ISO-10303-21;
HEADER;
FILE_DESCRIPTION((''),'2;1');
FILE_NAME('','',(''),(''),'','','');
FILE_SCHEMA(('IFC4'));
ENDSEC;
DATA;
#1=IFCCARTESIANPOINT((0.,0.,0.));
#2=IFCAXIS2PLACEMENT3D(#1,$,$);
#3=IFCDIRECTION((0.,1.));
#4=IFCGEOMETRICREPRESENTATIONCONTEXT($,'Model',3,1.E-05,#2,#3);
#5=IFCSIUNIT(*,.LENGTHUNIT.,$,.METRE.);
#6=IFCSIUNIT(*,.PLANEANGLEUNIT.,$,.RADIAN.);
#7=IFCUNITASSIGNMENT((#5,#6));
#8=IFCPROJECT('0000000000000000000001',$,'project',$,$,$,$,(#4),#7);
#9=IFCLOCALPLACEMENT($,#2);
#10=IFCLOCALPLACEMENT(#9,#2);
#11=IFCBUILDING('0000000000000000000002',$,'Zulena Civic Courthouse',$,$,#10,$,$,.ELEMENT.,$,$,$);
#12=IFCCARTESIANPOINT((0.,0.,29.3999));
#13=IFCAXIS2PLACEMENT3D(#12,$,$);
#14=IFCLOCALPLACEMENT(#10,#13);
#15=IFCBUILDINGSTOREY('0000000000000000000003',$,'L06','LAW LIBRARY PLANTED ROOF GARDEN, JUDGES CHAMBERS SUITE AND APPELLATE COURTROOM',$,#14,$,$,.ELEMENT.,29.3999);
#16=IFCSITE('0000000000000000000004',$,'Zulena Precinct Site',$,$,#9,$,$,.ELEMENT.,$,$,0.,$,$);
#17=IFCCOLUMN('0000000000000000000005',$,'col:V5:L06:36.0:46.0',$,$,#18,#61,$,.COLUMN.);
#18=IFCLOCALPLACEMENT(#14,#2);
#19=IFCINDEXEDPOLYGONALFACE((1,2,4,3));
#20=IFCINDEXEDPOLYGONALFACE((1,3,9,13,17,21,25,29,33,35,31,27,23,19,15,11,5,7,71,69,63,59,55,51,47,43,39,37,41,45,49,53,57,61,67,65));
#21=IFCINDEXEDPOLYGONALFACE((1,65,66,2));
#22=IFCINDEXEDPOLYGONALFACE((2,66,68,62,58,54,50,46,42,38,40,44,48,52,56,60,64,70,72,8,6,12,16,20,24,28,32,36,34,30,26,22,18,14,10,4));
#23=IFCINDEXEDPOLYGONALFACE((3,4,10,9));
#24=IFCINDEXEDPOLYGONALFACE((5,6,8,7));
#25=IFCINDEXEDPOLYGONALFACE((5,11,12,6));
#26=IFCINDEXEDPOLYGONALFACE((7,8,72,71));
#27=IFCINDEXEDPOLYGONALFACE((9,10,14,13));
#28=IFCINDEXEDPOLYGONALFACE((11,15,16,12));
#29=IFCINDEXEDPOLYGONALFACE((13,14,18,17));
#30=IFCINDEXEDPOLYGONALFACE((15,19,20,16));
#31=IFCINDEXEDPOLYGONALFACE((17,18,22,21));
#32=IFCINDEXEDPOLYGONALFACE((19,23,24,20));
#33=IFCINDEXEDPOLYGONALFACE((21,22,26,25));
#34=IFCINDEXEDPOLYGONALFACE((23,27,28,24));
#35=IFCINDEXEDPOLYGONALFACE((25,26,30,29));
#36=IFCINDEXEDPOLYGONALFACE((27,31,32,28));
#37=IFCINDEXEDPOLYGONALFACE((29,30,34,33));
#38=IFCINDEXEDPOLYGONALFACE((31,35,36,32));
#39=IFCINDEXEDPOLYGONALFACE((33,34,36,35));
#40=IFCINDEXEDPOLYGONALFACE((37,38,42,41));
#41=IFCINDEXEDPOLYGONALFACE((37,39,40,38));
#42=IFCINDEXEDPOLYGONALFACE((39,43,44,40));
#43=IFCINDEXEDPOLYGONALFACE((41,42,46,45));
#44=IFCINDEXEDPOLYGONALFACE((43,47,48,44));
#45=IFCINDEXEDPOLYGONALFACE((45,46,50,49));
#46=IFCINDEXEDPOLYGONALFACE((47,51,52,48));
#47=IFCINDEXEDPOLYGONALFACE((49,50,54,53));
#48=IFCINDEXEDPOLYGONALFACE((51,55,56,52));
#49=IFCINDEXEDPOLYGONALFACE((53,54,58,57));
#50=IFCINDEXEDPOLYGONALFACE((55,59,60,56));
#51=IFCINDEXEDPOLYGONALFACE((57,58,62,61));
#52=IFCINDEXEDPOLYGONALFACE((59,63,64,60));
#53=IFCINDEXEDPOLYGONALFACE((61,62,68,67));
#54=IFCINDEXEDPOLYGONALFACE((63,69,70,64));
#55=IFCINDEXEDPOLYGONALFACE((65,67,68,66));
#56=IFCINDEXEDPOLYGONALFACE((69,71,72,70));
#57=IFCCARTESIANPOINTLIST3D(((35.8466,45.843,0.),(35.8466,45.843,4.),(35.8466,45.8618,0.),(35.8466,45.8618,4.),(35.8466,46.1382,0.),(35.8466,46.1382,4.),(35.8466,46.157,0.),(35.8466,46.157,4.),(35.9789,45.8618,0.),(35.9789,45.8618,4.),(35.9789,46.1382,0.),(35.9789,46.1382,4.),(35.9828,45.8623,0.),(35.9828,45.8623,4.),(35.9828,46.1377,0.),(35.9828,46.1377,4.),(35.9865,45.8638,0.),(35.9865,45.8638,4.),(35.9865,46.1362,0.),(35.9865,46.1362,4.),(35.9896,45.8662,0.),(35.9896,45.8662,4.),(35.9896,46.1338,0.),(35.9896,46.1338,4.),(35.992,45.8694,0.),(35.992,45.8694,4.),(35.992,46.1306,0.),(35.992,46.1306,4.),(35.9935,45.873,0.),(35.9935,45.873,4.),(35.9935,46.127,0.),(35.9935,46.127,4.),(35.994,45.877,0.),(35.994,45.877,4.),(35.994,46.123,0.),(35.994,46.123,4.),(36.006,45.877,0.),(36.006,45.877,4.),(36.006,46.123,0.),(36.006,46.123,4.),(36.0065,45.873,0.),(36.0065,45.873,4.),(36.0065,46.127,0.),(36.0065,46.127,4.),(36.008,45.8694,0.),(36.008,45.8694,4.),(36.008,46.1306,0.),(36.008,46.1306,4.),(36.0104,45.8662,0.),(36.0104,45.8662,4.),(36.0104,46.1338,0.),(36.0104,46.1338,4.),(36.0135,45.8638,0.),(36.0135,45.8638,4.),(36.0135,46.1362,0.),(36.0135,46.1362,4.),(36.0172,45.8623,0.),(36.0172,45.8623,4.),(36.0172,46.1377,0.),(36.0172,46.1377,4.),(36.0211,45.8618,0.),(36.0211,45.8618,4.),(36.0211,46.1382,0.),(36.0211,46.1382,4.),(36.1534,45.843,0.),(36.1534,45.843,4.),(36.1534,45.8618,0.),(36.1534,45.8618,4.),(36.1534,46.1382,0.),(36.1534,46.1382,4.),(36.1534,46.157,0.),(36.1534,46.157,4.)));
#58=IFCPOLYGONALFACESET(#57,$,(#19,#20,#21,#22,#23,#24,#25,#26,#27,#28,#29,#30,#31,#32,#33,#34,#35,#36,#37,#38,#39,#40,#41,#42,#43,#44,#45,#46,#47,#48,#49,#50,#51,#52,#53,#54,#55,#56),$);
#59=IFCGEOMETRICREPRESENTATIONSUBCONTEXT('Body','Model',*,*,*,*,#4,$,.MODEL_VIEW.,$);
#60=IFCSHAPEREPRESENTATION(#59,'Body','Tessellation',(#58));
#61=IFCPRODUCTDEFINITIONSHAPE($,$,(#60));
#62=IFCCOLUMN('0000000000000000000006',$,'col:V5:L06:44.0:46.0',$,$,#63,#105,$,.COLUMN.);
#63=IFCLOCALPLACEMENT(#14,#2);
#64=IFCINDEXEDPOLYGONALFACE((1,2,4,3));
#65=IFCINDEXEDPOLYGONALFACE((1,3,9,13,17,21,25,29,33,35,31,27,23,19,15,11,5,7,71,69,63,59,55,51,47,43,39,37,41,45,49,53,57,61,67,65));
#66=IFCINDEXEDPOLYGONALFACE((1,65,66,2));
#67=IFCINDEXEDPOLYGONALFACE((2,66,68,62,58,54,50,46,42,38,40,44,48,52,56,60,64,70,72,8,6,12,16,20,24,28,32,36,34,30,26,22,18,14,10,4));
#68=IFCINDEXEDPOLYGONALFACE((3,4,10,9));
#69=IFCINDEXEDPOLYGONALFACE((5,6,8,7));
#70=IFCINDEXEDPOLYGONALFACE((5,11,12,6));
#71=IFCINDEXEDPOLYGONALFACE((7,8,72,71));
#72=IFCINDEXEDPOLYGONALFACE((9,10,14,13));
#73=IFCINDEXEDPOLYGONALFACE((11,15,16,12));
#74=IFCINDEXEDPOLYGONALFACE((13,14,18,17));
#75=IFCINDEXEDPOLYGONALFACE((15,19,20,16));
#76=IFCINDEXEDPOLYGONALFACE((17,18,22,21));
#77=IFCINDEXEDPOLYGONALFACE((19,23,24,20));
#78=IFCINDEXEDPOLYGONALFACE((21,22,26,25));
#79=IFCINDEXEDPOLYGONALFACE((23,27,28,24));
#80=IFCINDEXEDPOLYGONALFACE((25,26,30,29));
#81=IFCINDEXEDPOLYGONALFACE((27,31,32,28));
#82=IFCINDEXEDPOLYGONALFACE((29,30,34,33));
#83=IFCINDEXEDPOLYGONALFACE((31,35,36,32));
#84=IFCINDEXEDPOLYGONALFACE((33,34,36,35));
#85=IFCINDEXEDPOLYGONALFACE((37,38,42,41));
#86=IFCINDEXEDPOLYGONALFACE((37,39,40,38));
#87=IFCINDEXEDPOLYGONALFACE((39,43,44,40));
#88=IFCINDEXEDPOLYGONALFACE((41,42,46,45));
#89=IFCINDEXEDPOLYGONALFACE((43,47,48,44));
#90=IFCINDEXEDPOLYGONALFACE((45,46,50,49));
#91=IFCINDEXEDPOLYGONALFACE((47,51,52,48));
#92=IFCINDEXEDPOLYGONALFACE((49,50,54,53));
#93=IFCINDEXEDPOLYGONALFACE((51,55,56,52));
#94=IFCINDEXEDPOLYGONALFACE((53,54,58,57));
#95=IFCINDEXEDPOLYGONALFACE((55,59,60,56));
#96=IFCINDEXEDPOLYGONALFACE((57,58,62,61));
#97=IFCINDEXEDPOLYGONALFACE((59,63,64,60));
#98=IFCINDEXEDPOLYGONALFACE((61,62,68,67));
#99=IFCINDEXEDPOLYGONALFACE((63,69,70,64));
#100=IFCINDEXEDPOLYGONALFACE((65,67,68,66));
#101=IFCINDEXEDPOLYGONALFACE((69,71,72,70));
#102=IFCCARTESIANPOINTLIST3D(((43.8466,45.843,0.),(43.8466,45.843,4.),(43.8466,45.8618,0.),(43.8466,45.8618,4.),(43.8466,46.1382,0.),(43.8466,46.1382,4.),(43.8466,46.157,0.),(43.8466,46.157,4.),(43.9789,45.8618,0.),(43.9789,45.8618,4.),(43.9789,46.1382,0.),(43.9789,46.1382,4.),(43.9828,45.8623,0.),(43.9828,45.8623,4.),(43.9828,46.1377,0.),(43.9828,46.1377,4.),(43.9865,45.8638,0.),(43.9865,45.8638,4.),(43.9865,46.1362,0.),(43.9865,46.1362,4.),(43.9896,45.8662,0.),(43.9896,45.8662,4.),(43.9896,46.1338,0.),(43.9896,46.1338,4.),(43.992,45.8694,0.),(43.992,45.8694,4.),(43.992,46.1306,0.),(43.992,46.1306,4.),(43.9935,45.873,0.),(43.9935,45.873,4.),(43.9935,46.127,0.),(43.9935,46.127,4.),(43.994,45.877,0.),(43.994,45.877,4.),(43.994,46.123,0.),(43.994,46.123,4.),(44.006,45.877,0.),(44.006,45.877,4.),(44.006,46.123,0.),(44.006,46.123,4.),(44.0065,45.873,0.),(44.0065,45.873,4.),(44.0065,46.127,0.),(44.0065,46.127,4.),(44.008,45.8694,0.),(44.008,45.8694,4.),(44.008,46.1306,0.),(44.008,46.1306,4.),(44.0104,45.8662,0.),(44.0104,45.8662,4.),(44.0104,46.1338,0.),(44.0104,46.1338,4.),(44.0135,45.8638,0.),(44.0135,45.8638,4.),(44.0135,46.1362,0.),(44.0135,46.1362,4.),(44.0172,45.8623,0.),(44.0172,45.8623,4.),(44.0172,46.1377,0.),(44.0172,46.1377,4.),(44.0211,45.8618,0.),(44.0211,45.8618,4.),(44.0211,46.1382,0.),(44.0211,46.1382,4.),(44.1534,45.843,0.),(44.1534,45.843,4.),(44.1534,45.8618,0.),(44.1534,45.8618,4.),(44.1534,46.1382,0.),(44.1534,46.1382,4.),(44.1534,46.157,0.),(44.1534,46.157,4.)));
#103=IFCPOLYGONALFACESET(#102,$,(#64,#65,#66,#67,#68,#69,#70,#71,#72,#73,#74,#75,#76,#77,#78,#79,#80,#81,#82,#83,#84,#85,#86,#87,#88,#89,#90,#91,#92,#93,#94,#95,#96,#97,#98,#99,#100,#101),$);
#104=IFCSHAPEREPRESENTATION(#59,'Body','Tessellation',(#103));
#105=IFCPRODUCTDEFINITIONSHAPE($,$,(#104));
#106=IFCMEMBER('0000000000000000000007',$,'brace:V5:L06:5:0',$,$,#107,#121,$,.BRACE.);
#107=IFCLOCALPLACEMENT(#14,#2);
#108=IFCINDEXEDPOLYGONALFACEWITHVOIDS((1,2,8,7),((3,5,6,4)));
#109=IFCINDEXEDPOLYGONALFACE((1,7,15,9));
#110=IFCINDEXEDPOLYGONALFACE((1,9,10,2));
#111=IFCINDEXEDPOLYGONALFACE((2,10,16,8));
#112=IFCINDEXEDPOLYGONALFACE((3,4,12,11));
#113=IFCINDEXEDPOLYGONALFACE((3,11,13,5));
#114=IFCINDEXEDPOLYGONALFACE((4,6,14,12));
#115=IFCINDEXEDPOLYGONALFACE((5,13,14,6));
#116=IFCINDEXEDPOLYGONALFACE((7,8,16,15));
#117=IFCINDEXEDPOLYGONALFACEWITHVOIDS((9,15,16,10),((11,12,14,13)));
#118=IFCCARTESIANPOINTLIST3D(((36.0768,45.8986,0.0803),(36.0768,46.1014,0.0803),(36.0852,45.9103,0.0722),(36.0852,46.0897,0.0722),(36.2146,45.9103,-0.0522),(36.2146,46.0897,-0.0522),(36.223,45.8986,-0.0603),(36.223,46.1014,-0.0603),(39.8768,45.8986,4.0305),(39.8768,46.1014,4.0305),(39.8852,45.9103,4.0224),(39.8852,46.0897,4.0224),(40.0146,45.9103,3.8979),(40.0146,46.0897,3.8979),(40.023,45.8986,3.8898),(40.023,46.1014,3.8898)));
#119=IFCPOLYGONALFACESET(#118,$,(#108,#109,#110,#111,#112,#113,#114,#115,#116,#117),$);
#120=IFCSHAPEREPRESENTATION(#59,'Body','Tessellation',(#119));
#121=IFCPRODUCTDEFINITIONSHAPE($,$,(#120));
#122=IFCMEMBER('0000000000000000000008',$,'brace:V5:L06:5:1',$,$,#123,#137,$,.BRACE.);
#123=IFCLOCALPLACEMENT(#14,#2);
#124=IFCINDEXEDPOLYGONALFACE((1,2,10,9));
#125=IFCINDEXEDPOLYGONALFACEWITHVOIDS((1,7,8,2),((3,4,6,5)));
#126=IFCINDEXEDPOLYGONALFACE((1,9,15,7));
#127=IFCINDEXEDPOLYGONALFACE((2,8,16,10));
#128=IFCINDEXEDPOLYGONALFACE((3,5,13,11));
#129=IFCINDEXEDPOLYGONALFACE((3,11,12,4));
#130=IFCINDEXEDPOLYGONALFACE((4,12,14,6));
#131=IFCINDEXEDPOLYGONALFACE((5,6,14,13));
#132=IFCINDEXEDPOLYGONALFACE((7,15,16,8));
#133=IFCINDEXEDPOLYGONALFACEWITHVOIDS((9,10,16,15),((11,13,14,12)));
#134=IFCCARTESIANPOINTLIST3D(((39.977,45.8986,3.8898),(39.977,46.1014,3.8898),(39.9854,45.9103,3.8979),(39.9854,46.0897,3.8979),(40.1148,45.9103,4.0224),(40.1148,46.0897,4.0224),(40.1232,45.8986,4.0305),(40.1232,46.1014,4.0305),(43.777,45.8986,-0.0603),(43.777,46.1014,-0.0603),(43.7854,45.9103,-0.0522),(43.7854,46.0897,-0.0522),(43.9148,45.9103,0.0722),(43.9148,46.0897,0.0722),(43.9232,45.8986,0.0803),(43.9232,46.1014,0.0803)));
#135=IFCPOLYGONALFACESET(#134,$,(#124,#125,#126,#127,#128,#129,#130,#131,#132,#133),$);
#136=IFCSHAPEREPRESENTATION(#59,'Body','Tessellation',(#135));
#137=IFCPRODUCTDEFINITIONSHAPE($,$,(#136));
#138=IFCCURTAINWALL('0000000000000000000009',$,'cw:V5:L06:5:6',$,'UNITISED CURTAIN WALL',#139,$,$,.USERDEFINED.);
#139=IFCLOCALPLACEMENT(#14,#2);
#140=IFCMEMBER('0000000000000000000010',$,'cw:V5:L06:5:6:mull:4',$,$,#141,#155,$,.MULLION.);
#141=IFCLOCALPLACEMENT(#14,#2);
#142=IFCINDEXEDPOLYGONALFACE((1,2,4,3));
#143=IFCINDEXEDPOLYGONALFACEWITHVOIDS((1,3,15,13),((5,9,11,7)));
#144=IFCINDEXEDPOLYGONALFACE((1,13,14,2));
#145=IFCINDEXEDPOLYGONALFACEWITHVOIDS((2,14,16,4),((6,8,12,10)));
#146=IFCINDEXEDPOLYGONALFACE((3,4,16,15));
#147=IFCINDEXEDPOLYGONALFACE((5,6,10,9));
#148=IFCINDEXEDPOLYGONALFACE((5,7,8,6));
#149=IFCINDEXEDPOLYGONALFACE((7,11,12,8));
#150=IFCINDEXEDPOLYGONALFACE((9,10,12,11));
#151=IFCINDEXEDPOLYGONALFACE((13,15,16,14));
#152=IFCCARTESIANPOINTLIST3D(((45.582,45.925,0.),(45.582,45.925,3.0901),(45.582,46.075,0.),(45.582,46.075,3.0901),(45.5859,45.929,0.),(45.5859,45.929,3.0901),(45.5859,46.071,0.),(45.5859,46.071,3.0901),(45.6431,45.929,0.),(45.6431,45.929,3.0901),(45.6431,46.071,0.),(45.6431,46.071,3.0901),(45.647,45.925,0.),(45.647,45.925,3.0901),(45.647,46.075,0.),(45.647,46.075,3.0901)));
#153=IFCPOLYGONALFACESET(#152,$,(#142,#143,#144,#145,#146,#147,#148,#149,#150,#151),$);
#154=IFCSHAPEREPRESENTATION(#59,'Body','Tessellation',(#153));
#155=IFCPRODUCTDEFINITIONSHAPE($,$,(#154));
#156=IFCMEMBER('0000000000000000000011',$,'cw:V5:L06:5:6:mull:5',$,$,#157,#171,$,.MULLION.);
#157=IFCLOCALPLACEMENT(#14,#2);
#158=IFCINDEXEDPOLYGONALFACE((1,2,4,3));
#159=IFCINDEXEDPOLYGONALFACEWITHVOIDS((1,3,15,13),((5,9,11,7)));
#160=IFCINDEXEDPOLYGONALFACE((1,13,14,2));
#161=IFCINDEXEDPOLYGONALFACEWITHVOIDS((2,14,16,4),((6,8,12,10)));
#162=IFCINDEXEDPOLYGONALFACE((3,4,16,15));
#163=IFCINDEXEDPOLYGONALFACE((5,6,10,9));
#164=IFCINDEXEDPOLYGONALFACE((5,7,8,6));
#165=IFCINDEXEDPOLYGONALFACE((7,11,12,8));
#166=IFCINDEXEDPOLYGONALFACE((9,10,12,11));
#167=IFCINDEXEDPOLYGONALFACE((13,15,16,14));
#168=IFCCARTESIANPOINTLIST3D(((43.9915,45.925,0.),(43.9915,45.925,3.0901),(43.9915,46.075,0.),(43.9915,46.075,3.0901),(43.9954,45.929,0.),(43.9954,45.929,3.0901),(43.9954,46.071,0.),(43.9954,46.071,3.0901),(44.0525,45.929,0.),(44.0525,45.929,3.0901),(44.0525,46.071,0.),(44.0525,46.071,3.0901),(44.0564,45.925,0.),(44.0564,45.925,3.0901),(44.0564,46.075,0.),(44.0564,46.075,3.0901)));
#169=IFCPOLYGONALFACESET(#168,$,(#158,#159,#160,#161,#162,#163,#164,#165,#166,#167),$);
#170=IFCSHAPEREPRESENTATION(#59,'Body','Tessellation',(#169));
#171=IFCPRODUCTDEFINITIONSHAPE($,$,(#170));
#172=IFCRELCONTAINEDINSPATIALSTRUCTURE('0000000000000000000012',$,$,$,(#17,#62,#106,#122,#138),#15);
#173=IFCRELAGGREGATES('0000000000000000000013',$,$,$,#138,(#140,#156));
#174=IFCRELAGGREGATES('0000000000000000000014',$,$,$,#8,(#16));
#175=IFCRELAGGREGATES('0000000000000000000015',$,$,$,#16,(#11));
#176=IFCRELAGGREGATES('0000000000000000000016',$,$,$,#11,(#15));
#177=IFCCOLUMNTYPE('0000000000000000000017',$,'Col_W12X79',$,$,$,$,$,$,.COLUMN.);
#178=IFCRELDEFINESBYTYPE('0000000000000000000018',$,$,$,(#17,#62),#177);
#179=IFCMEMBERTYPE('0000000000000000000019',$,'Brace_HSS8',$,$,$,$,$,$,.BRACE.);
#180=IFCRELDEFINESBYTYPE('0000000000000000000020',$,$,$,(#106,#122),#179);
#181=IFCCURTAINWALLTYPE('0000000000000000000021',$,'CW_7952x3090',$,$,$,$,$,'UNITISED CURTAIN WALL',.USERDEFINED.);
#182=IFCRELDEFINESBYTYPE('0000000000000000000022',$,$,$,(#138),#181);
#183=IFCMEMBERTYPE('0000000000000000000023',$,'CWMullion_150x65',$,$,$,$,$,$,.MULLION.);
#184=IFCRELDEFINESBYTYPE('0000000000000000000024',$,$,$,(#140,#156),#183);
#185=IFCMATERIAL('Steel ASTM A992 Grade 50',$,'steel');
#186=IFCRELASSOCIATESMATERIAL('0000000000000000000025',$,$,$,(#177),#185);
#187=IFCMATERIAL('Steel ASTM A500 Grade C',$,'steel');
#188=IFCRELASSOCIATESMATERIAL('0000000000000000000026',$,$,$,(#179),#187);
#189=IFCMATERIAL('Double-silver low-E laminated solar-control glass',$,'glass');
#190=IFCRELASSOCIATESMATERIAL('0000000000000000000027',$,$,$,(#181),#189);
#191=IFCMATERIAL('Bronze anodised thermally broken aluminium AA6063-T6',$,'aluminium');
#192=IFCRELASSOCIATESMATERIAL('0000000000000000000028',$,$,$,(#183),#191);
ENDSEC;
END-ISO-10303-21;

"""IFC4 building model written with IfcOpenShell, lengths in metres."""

from ifc_helpers import new_model, si_unit, direction, frame, origin, origin_2d, place, context, subcontext, project, spatial, hollow_rectangle, i_section, extrude, material, material_profile, profile_set, type_object, element, aggregate, save


model = new_model("IFC4")

# Units and contexts
model_context = context("Model", 3, precision=1e-05, world=origin(), true_north=direction((0.0, 1.0)))
body_context = subcontext(model_context, "Body", "Model", "MODEL_VIEW")
ifc_project = project(units=[si_unit("LENGTHUNIT", "METRE"), si_unit("PLANEANGLEUNIT", "RADIAN")], contexts=[model_context])

# Site, building, storey
site_placement = place(None, origin())
site = spatial("IfcSite", under=ifc_project, at=site_placement, Name="Zulena Precinct Site", CompositionType="ELEMENT", RefElevation=0.0)
building_placement = place(site_placement, origin())
building = spatial("IfcBuilding", under=site, at=building_placement, Name="Zulena Civic Courthouse", CompositionType="ELEMENT")
storey_placement = place(building_placement, frame((0.0, 0.0, 29.3999)))
storey = spatial("IfcBuildingStorey", under=building, at=storey_placement, Name="L06", Description="LAW LIBRARY PLANTED ROOF GARDEN, JUDGES CHAMBERS SUITE AND APPELLATE COURTROOM", CompositionType="ELEMENT", Elevation=29.3999)

# Columns
ifc_material_1 = material(Name="Steel ASTM A992 Grade 50", Category="steel")
ifc_material_profile_1 = material_profile(ifc_material_1, i_section(OverallWidth=0.3069, OverallDepth=0.314, WebThickness=0.012, FlangeThickness=0.0188, FilletRadius=0.0151, at=origin_2d()), Name="W12X79")
ifc_profile_set_1 = profile_set([ifc_material_profile_1], Name="Steel ASTM A992 Grade 50")
column_type = type_object("IfcColumnType", Name="Col_W12X79", PredefinedType="COLUMN", material=ifc_profile_set_1)
for number, where, z_axis, x_axis, name in (
    (1, (36.0, 46.0, 0.0), (0.0, 0.0, 1.0), (1.0, 0.0, 0.0), "col:V5:L06:36.0:46.0"),
    (2, (44.0, 46.0, 0.0), (0.0, 0.0, 1.0), (1.0, 0.0, 0.0), "col:V5:L06:44.0:46.0"),
):
    element("IfcColumn", number, at=place(storey_placement, frame(where, z_axis=z_axis, x_axis=x_axis)), inside=storey, type_object=column_type, Name=name, PredefinedType="COLUMN", context=body_context, shape_type="SweptSolid", body=[
        extrude(i_section(OverallWidth=0.3069, OverallDepth=0.314, WebThickness=0.012, FlangeThickness=0.0188, FilletRadius=0.0151, at=origin_2d()), origin(), (0.0, 0.0, 1.0), 4.0),
    ])

# Members
ifc_material_2 = material(Name="Steel ASTM A500 Grade C", Category="steel")
ifc_material_profile_2 = material_profile(ifc_material_2, hollow_rectangle(XDim=0.2029, YDim=0.2029, WallThickness=0.0117, at=origin_2d()), Name="HSS8X8X1/2")
ifc_profile_set_2 = profile_set([ifc_material_profile_2], Name="Steel ASTM A500 Grade C")
member_type_1 = type_object("IfcMemberType", Name="Brace_HSS8", PredefinedType="BRACE", material=ifc_profile_set_2)
for number, where, z_axis, x_axis, name in (
    (3, (36.1499, 46.0, 0.01), (0.693278, 0.0, 0.72067), (0.0, 1.0, 0.0), "brace:V5:L06:5:0"),
    (4, (43.8501, 46.0, 0.01), (-0.693278, 0.0, 0.72067), (0.0, -1.0, 0.0), "brace:V5:L06:5:1"),
):
    element("IfcMember", number, at=place(storey_placement, frame(where, z_axis=z_axis, x_axis=x_axis)), inside=storey, type_object=member_type_1, Name=name, PredefinedType="BRACE", context=body_context, shape_type="SweptSolid", body=[
        extrude(hollow_rectangle(XDim=0.2029, YDim=0.2029, WallThickness=0.0117, at=origin_2d()), origin(), (0.0, 0.0, 1.0), 5.4812),
    ])

# Curtain wall, members
ifc_material_3 = material(Name="Double-silver low-E laminated solar-control glass", Category="glass")
curtain_wall_type = type_object("IfcCurtainWallType", Name="CW_7952x3090", ElementType="UNITISED CURTAIN WALL", PredefinedType="USERDEFINED", material=ifc_material_3)
curtain_wall_placement = place(storey_placement, origin())
curtain_wall = element("IfcCurtainWall", 5, at=curtain_wall_placement, inside=storey, type_object=curtain_wall_type, Name="cw:V5:L06:5:6", ObjectType="UNITISED CURTAIN WALL", PredefinedType="USERDEFINED")
ifc_material_4 = material(Name="Bronze anodised thermally broken aluminium AA6063-T6", Category="aluminium")
ifc_material_profile_3 = material_profile(ifc_material_4, hollow_rectangle(XDim=0.0649, YDim=0.1499, WallThickness=0.0039, at=origin_2d()), Name="CWM150X65X4")
ifc_profile_set_3 = profile_set([ifc_material_profile_3], Name="Bronze anodised thermally broken aluminium AA6063-T6")
member_type_2 = type_object("IfcMemberType", Name="CWMullion_150x65", PredefinedType="MULLION", material=ifc_profile_set_3)
member_1_placement = place(storey_placement, frame((45.6145, 46.0, 0.0), z_axis=(0.0, 0.0, 1.0), x_axis=(1.0, 0.0, 0.0)))
member_1 = element("IfcMember", 6, at=member_1_placement, type_object=member_type_2, Name="cw:V5:L06:5:6:mull:4", PredefinedType="MULLION", context=body_context, shape_type="SweptSolid", body=[
    extrude(hollow_rectangle(XDim=0.0649, YDim=0.1499, WallThickness=0.0039, at=origin_2d()), origin(), (0.0, 0.0, 1.0), 3.0901),
])
member_2_placement = place(storey_placement, frame((44.0239, 46.0, 0.0), z_axis=(0.0, 0.0, 1.0), x_axis=(1.0, 0.0, 0.0)))
member_2 = element("IfcMember", 7, at=member_2_placement, type_object=member_type_2, Name="cw:V5:L06:5:6:mull:5", PredefinedType="MULLION", context=body_context, shape_type="SweptSolid", body=[
    extrude(hollow_rectangle(XDim=0.0649, YDim=0.1499, WallThickness=0.0039, at=origin_2d()), origin(), (0.0, 0.0, 1.0), 3.0901),
])

aggregate(curtain_wall, [member_1, member_2])

save(model, "model.ifc")
